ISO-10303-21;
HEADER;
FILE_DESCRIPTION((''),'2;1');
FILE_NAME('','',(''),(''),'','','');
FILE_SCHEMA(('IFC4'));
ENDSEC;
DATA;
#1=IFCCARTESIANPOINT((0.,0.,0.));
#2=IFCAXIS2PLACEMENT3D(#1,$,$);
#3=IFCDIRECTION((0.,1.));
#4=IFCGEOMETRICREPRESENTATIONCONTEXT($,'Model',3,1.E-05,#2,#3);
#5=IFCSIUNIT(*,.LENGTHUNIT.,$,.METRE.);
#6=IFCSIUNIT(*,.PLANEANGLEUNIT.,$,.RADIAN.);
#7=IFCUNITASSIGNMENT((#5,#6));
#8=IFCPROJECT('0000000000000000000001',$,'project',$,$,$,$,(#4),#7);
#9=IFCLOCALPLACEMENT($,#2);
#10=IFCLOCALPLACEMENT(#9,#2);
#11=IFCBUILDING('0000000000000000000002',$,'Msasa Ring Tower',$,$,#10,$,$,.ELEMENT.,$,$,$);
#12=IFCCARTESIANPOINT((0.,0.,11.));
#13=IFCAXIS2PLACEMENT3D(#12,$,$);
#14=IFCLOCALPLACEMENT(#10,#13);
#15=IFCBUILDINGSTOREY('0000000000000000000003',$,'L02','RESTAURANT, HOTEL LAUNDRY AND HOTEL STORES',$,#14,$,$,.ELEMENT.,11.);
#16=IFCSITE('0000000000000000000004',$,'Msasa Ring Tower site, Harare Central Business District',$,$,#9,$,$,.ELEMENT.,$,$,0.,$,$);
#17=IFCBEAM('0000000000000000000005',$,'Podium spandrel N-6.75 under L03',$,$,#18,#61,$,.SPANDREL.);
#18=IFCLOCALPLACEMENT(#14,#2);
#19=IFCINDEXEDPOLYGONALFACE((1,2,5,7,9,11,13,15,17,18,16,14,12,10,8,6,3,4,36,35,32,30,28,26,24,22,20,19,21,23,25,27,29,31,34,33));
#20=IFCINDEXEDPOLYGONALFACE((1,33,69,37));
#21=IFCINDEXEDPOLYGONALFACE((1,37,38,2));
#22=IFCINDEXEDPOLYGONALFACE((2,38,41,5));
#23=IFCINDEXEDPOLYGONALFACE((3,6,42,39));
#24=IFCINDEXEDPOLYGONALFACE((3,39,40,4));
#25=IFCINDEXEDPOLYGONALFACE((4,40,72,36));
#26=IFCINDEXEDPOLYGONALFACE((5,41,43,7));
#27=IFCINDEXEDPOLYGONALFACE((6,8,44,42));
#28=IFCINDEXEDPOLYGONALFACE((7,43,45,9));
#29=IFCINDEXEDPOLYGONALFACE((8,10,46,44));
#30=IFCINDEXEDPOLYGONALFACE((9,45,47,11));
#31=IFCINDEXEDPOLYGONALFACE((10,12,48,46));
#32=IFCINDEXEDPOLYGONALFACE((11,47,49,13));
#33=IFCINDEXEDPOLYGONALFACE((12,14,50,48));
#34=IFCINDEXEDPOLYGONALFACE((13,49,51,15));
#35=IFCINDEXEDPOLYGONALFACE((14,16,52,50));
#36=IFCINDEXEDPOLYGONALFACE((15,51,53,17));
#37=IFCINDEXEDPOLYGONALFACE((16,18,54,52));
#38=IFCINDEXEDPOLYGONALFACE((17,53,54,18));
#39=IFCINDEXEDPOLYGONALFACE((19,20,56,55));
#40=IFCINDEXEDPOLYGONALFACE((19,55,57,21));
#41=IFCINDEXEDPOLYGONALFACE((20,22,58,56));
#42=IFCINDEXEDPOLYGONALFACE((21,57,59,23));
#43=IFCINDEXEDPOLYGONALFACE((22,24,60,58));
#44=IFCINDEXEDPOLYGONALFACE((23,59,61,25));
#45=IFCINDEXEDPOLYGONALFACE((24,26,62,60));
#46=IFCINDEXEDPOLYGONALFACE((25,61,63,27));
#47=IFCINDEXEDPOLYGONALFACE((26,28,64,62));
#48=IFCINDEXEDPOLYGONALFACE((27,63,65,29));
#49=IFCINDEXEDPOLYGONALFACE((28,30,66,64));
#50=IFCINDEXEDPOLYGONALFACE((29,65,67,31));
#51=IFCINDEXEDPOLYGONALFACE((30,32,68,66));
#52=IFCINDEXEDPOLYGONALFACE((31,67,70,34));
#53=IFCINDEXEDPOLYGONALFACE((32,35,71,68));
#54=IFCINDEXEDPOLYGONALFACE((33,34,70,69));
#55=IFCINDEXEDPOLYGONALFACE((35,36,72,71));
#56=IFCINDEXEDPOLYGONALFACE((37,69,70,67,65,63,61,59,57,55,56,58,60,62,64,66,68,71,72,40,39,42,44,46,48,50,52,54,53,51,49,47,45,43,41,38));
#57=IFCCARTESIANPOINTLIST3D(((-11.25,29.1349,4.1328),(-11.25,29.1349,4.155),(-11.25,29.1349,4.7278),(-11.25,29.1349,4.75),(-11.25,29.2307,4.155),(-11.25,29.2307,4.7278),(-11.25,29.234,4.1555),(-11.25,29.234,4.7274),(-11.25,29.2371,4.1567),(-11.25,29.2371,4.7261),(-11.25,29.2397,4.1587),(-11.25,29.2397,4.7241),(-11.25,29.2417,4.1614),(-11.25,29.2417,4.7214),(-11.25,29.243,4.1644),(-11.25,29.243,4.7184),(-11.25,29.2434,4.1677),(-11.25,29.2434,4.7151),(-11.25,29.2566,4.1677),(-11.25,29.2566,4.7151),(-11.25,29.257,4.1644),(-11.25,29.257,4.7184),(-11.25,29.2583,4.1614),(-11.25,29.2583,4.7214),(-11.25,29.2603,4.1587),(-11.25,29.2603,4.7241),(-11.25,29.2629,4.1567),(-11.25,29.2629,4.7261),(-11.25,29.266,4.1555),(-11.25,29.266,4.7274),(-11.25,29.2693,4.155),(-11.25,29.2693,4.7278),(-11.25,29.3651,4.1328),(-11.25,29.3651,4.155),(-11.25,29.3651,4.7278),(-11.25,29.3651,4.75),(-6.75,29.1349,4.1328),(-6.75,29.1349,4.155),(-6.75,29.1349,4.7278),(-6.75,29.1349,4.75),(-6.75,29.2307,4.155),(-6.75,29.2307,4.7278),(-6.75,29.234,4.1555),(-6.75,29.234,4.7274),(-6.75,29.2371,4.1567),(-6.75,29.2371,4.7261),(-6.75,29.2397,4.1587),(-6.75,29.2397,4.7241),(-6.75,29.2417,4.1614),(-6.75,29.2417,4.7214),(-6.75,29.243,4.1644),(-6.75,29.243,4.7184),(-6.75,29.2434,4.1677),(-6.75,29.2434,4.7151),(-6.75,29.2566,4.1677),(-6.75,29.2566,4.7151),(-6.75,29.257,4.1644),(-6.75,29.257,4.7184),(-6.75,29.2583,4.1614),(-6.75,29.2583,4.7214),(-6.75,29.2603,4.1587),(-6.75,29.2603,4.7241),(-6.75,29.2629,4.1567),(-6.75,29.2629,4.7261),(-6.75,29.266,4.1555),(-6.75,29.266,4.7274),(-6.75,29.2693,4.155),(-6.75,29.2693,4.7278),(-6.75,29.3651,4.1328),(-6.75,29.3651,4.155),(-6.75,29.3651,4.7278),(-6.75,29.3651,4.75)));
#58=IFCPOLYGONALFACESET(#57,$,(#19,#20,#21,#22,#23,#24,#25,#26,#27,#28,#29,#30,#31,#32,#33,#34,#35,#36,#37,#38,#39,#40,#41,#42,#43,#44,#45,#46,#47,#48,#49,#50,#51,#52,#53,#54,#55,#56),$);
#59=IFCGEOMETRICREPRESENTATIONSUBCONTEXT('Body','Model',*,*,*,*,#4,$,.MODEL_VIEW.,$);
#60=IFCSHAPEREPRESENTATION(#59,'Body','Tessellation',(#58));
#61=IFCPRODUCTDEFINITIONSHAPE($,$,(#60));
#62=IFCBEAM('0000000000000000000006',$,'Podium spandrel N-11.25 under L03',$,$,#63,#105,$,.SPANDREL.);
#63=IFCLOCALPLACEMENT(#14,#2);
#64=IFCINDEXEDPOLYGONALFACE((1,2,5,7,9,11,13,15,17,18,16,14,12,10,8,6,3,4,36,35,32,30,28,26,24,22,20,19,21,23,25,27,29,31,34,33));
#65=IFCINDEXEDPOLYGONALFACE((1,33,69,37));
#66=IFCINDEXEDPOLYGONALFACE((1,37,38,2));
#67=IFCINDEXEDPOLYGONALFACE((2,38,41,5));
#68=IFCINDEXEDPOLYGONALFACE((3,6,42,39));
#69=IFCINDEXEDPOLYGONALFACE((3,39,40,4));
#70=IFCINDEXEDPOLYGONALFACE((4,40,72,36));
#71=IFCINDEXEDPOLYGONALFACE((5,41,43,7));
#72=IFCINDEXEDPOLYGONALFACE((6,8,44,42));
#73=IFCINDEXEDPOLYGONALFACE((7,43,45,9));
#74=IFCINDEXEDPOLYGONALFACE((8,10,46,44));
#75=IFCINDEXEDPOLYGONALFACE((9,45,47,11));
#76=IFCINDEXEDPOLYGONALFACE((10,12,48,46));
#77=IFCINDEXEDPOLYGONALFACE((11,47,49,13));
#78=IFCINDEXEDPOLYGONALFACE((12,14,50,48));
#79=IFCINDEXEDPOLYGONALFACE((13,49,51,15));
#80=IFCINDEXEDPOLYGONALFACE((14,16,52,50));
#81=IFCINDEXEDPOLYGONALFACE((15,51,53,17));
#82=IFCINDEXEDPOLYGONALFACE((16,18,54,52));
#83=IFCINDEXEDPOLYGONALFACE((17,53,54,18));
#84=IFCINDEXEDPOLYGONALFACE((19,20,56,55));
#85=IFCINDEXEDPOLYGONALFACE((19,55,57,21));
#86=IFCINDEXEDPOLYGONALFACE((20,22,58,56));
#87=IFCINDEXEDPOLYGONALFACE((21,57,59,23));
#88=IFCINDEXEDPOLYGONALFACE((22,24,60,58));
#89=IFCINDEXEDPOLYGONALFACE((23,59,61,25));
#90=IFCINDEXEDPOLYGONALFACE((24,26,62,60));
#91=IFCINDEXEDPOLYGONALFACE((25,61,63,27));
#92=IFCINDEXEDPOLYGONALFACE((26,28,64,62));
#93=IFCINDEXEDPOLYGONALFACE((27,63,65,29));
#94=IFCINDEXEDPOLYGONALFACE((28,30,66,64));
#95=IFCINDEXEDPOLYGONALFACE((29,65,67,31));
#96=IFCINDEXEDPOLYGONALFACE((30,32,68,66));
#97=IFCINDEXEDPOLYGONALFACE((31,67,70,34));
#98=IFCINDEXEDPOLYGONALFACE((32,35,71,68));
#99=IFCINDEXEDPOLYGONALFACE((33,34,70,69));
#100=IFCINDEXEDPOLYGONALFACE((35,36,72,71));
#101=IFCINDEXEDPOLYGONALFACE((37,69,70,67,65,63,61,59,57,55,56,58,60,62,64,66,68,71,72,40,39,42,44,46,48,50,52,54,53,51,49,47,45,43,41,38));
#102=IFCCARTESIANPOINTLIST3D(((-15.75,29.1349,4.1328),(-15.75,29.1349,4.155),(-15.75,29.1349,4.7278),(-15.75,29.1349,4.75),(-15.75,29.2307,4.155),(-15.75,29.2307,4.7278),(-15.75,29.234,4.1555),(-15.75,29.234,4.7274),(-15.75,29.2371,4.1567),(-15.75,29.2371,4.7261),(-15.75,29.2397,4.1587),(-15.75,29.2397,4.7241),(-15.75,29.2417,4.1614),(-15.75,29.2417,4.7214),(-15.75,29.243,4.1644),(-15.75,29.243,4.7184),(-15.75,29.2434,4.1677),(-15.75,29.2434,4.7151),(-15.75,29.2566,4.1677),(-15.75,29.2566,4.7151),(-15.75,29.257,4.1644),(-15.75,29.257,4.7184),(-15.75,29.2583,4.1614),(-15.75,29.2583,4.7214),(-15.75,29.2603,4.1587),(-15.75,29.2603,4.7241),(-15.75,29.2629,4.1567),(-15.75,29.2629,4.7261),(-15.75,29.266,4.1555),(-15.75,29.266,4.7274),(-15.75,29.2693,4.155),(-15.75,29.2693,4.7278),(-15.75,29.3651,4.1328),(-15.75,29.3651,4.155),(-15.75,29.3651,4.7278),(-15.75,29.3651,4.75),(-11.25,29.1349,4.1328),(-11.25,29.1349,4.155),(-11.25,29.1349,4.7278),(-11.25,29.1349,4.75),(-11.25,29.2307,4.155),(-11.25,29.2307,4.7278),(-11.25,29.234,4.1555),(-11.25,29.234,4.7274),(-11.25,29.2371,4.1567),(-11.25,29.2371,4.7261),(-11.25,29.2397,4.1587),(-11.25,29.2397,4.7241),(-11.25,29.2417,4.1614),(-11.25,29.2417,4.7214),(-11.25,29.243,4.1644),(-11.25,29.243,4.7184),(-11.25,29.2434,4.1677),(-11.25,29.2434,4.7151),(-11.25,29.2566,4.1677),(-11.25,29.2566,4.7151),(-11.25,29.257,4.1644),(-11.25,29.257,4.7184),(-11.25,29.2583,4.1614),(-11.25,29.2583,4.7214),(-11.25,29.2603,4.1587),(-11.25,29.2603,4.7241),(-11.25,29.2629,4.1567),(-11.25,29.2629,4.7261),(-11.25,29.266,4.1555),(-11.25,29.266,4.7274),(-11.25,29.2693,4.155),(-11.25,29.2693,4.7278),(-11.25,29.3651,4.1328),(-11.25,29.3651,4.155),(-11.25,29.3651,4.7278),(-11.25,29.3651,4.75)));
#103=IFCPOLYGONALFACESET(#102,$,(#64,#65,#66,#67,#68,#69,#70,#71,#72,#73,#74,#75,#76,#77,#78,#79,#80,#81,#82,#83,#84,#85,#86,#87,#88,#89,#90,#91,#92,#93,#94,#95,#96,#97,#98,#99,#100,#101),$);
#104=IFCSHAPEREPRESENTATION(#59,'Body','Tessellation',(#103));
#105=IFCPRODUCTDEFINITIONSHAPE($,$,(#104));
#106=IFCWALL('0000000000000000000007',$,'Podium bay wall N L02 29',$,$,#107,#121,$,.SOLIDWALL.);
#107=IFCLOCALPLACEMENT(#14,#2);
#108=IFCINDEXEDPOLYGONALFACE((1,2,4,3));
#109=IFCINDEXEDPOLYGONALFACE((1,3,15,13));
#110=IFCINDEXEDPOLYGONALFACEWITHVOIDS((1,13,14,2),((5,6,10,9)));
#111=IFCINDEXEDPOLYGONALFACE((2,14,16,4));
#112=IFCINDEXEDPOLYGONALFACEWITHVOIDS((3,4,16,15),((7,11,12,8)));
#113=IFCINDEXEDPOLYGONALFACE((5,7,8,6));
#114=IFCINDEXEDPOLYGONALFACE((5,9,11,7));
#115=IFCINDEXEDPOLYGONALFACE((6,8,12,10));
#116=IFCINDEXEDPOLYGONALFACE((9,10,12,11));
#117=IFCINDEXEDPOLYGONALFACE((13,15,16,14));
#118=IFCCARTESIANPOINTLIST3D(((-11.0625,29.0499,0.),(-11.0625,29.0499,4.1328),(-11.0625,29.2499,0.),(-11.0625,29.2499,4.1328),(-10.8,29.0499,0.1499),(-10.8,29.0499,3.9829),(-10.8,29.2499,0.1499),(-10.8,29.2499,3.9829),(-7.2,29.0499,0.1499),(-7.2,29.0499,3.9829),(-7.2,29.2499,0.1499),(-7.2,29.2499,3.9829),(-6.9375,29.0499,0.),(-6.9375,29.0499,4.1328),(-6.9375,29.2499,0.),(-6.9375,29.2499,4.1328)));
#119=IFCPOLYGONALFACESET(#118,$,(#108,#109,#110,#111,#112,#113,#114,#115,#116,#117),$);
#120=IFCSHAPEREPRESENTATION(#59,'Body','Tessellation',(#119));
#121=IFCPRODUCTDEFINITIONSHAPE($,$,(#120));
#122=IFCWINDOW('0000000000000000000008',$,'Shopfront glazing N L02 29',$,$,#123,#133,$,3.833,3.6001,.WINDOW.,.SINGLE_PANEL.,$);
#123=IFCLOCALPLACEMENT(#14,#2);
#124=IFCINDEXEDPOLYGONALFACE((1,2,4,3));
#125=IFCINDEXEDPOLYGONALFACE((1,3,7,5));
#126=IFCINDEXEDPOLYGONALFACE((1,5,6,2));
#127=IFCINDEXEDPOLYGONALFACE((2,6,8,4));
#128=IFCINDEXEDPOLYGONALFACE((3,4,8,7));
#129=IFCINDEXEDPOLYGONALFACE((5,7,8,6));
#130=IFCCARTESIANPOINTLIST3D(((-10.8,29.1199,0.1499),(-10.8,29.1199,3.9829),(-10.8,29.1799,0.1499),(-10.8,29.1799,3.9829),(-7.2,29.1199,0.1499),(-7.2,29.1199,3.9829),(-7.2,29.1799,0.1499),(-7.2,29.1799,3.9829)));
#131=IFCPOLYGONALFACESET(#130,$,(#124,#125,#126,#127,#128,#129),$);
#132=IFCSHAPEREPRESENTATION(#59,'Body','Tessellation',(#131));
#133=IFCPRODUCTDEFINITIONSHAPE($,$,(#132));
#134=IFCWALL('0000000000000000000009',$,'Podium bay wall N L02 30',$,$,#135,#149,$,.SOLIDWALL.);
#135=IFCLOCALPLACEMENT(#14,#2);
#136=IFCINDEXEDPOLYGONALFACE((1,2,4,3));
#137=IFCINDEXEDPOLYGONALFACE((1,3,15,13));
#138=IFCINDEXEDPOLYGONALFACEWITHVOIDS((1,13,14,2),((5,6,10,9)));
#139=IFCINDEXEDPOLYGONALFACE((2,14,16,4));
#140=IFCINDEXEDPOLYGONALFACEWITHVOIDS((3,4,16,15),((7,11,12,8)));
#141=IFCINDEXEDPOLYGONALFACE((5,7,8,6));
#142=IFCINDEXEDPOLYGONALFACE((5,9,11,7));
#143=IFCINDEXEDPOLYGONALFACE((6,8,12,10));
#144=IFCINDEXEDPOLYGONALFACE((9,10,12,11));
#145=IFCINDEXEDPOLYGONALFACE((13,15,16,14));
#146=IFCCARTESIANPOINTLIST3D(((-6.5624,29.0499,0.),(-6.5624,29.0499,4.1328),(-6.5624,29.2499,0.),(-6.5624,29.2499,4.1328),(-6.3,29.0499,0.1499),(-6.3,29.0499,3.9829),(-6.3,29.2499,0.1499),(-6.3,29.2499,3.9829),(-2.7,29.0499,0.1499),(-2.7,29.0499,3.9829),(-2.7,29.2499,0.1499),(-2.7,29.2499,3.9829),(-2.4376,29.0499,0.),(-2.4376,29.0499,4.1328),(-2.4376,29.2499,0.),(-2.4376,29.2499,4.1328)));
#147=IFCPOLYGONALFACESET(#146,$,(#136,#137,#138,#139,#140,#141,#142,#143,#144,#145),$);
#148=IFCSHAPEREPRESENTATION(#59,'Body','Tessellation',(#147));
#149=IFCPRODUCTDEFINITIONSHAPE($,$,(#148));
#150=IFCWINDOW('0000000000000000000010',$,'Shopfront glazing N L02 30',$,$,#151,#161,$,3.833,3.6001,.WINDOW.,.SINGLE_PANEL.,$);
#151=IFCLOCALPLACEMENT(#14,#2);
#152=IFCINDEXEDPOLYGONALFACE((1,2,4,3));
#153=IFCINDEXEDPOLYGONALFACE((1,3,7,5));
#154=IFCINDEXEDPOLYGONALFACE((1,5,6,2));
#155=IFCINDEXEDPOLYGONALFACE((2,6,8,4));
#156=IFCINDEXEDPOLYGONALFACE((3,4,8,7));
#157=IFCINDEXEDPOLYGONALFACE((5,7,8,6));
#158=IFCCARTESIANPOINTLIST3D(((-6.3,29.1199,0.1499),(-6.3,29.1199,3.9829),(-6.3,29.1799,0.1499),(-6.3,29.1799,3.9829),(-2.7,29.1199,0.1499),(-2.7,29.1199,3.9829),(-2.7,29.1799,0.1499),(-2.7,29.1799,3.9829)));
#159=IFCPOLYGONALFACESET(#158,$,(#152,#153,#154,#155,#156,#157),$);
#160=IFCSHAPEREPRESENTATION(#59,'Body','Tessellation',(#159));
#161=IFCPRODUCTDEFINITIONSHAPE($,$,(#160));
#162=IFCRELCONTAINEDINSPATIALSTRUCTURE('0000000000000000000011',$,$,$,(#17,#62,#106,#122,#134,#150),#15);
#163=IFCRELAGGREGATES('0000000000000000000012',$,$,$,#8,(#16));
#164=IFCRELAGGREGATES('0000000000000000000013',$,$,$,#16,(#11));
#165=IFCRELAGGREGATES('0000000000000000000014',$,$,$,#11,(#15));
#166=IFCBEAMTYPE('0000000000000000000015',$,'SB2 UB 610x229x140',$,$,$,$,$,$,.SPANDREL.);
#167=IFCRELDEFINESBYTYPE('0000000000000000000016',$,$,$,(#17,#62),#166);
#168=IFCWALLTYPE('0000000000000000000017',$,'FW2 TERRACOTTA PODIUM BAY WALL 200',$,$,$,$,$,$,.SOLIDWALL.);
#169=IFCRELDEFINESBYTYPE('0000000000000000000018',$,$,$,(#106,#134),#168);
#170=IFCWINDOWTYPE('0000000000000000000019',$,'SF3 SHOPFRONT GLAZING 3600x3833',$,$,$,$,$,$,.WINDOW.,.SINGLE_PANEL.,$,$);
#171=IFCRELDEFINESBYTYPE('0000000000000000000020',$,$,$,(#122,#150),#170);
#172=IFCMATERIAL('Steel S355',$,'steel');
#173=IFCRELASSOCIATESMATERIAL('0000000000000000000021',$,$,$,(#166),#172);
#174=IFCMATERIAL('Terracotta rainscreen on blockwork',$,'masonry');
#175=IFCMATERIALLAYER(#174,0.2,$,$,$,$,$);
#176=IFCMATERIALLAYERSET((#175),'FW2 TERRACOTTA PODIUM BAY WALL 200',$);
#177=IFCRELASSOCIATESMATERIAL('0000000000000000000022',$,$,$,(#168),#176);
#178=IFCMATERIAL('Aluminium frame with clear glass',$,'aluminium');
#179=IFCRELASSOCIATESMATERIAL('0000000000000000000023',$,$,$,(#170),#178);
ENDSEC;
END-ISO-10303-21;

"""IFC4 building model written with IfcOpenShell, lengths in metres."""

from ifc_helpers import new_model, si_unit, direction, frame, frame_2d, origin, origin_2d, place, context, subcontext, project, spatial, rectangle, i_section, extrude, material, layer, layer_set, material_profile, profile_set, type_object, element, fill, save


model = new_model("IFC4")

# Units and contexts
model_context = context("Model", 3, precision=1e-05, world=origin(), true_north=direction((0.0, 1.0)))
body_context = subcontext(model_context, "Body", "Model", "MODEL_VIEW")
ifc_project = project(units=[si_unit("LENGTHUNIT", "METRE"), si_unit("PLANEANGLEUNIT", "RADIAN")], contexts=[model_context])

# Site, building, storey
site_placement = place(None, origin())
site = spatial("IfcSite", under=ifc_project, at=site_placement, Name="Msasa Ring Tower site, Harare Central Business District", CompositionType="ELEMENT", RefElevation=0.0)
building_placement = place(site_placement, origin())
building = spatial("IfcBuilding", under=site, at=building_placement, Name="Msasa Ring Tower", CompositionType="ELEMENT")
storey_placement = place(building_placement, frame((0.0, 0.0, 11.0)))
storey = spatial("IfcBuildingStorey", under=building, at=storey_placement, Name="L02", Description="RESTAURANT, HOTEL LAUNDRY AND HOTEL STORES", CompositionType="ELEMENT", Elevation=11.0)

# Beams
ifc_material_1 = material(Name="Steel S355", Category="steel")
ifc_material_profile_1 = material_profile(ifc_material_1, i_section(OverallWidth=0.2302, OverallDepth=0.6172, WebThickness=0.0132, FlangeThickness=0.0222, FilletRadius=0.0127, at=origin_2d()), Name="UB 610x229x140")
ifc_profile_set_1 = profile_set([ifc_material_profile_1], Name="Steel S355")
beam_type_1 = type_object("IfcBeamType", Name="SB2 UB 610x229x140", PredefinedType="SPANDREL", material=ifc_profile_set_1)
for number, where, z_axis, x_axis, name in (
    (1, (-6.75, 29.25, 4.4414), (-1.0, 0.0, 0.0), (0.0, -1.0, 0.0), "Podium spandrel N-6.75 under L03"),
    (2, (-11.25, 29.25, 4.4414), (-1.0, 0.0, 0.0), (0.0, -1.0, 0.0), "Podium spandrel N-11.25 under L03"),
):
    element("IfcBeam", number, at=place(storey_placement, frame(where, z_axis=z_axis, x_axis=x_axis)), inside=storey, type_object=beam_type_1, Name=name, PredefinedType="SPANDREL", context=body_context, shape_type="SweptSolid", body=[
        extrude(i_section(OverallWidth=0.2302, OverallDepth=0.6172, WebThickness=0.0132, FlangeThickness=0.0222, FilletRadius=0.0127, at=origin_2d()), origin(), (0.0, 0.0, 1.0), 4.5),
    ])

# Walls, openings, windows
ifc_material_2 = material(Name="Terracotta rainscreen on blockwork", Category="masonry")
ifc_layer_1 = layer(ifc_material_2, 0.2)
ifc_layer_set_1 = layer_set([ifc_layer_1], Name="FW2 TERRACOTTA PODIUM BAY WALL 200")
wall_type_1 = type_object("IfcWallType", Name="FW2 TERRACOTTA PODIUM BAY WALL 200", PredefinedType="SOLIDWALL", material=ifc_layer_set_1)
wall_1_placement = place(storey_placement, frame((-11.0625, 29.1499, 0.0), z_axis=(0.0, 0.0, 1.0), x_axis=(1.0, 0.0, 0.0)))
wall_1 = element("IfcWall", 3, at=wall_1_placement, inside=storey, type_object=wall_type_1, Name="Podium bay wall N L02 29", PredefinedType="SOLIDWALL", context=body_context, shape_type="SweptSolid", body=[
    extrude(rectangle(XDim=4.125, YDim=0.2, at=frame_2d((2.0625, 0.0))), origin(), (0.0, 0.0, 1.0), 4.1328),
])
opening_1_placement = place(wall_1_placement, frame((0.2625, 0.0, 0.1499)))
opening_1 = element("IfcOpeningElement", 4, at=opening_1_placement, cuts=wall_1, PredefinedType="OPENING", context=body_context, shape_type="SweptSolid", body=[
    extrude(rectangle(XDim=3.6001, YDim=3.833, at=frame_2d((1.8, 1.9165))), frame((0.0, 0.1099, 0.0), z_axis=(0.0, -1.0, 0.0), x_axis=(1.0, 0.0, 0.0)), (0.0, 0.0, 1.0), 0.22),
])
ifc_material_3 = material(Name="Aluminium frame with clear glass", Category="aluminium")
window_type = type_object("IfcWindowType", Name="SF3 SHOPFRONT GLAZING 3600x3833", PartitioningType="SINGLE_PANEL", PredefinedType="WINDOW", material=ifc_material_3)
window_1_placement = place(opening_1_placement, origin())
window_1 = element("IfcWindow", 5, at=window_1_placement, inside=storey, type_object=window_type, Name="Shopfront glazing N L02 29", OverallHeight=3.833, OverallWidth=3.6001, PartitioningType="SINGLE_PANEL", PredefinedType="WINDOW", context=body_context, shape_type="SweptSolid", body=[
    extrude(rectangle(XDim=3.6001, YDim=3.833, at=frame_2d((1.8, 1.9165))), frame((0.0, 0.03, 0.0), z_axis=(0.0, -1.0, 0.0), x_axis=(1.0, 0.0, 0.0)), (0.0, 0.0, 1.0), 0.0601),
])
fill(opening_1, window_1)
wall_2_placement = place(storey_placement, frame((-6.5625, 29.1499, 0.0), z_axis=(0.0, 0.0, 1.0), x_axis=(1.0, 0.0, 0.0)))
wall_2 = element("IfcWall", 6, at=wall_2_placement, inside=storey, type_object=wall_type_1, Name="Podium bay wall N L02 30", PredefinedType="SOLIDWALL", context=body_context, shape_type="SweptSolid", body=[
    extrude(rectangle(XDim=4.1248, YDim=0.2, at=frame_2d((2.0625, 0.0))), origin(), (0.0, 0.0, 1.0), 4.1328),
])
opening_2_placement = place(wall_2_placement, frame((0.2625, 0.0, 0.1499)))
opening_2 = element("IfcOpeningElement", 7, at=opening_2_placement, cuts=wall_2, PredefinedType="OPENING", context=body_context, shape_type="SweptSolid", body=[
    extrude(rectangle(XDim=3.6001, YDim=3.833, at=frame_2d((1.8, 1.9165))), frame((0.0, 0.1099, 0.0), z_axis=(0.0, -1.0, 0.0), x_axis=(1.0, 0.0, 0.0)), (0.0, 0.0, 1.0), 0.22),
])
window_2_placement = place(opening_2_placement, origin())
window_2 = element("IfcWindow", 8, at=window_2_placement, inside=storey, type_object=window_type, Name="Shopfront glazing N L02 30", OverallHeight=3.833, OverallWidth=3.6001, PartitioningType="SINGLE_PANEL", PredefinedType="WINDOW", context=body_context, shape_type="SweptSolid", body=[
    extrude(rectangle(XDim=3.6001, YDim=3.833, at=frame_2d((1.8, 1.9165))), frame((0.0, 0.03, 0.0), z_axis=(0.0, -1.0, 0.0), x_axis=(1.0, 0.0, 0.0)), (0.0, 0.0, 1.0), 0.0601),
])
fill(opening_2, window_2)

save(model, "model.ifc")
